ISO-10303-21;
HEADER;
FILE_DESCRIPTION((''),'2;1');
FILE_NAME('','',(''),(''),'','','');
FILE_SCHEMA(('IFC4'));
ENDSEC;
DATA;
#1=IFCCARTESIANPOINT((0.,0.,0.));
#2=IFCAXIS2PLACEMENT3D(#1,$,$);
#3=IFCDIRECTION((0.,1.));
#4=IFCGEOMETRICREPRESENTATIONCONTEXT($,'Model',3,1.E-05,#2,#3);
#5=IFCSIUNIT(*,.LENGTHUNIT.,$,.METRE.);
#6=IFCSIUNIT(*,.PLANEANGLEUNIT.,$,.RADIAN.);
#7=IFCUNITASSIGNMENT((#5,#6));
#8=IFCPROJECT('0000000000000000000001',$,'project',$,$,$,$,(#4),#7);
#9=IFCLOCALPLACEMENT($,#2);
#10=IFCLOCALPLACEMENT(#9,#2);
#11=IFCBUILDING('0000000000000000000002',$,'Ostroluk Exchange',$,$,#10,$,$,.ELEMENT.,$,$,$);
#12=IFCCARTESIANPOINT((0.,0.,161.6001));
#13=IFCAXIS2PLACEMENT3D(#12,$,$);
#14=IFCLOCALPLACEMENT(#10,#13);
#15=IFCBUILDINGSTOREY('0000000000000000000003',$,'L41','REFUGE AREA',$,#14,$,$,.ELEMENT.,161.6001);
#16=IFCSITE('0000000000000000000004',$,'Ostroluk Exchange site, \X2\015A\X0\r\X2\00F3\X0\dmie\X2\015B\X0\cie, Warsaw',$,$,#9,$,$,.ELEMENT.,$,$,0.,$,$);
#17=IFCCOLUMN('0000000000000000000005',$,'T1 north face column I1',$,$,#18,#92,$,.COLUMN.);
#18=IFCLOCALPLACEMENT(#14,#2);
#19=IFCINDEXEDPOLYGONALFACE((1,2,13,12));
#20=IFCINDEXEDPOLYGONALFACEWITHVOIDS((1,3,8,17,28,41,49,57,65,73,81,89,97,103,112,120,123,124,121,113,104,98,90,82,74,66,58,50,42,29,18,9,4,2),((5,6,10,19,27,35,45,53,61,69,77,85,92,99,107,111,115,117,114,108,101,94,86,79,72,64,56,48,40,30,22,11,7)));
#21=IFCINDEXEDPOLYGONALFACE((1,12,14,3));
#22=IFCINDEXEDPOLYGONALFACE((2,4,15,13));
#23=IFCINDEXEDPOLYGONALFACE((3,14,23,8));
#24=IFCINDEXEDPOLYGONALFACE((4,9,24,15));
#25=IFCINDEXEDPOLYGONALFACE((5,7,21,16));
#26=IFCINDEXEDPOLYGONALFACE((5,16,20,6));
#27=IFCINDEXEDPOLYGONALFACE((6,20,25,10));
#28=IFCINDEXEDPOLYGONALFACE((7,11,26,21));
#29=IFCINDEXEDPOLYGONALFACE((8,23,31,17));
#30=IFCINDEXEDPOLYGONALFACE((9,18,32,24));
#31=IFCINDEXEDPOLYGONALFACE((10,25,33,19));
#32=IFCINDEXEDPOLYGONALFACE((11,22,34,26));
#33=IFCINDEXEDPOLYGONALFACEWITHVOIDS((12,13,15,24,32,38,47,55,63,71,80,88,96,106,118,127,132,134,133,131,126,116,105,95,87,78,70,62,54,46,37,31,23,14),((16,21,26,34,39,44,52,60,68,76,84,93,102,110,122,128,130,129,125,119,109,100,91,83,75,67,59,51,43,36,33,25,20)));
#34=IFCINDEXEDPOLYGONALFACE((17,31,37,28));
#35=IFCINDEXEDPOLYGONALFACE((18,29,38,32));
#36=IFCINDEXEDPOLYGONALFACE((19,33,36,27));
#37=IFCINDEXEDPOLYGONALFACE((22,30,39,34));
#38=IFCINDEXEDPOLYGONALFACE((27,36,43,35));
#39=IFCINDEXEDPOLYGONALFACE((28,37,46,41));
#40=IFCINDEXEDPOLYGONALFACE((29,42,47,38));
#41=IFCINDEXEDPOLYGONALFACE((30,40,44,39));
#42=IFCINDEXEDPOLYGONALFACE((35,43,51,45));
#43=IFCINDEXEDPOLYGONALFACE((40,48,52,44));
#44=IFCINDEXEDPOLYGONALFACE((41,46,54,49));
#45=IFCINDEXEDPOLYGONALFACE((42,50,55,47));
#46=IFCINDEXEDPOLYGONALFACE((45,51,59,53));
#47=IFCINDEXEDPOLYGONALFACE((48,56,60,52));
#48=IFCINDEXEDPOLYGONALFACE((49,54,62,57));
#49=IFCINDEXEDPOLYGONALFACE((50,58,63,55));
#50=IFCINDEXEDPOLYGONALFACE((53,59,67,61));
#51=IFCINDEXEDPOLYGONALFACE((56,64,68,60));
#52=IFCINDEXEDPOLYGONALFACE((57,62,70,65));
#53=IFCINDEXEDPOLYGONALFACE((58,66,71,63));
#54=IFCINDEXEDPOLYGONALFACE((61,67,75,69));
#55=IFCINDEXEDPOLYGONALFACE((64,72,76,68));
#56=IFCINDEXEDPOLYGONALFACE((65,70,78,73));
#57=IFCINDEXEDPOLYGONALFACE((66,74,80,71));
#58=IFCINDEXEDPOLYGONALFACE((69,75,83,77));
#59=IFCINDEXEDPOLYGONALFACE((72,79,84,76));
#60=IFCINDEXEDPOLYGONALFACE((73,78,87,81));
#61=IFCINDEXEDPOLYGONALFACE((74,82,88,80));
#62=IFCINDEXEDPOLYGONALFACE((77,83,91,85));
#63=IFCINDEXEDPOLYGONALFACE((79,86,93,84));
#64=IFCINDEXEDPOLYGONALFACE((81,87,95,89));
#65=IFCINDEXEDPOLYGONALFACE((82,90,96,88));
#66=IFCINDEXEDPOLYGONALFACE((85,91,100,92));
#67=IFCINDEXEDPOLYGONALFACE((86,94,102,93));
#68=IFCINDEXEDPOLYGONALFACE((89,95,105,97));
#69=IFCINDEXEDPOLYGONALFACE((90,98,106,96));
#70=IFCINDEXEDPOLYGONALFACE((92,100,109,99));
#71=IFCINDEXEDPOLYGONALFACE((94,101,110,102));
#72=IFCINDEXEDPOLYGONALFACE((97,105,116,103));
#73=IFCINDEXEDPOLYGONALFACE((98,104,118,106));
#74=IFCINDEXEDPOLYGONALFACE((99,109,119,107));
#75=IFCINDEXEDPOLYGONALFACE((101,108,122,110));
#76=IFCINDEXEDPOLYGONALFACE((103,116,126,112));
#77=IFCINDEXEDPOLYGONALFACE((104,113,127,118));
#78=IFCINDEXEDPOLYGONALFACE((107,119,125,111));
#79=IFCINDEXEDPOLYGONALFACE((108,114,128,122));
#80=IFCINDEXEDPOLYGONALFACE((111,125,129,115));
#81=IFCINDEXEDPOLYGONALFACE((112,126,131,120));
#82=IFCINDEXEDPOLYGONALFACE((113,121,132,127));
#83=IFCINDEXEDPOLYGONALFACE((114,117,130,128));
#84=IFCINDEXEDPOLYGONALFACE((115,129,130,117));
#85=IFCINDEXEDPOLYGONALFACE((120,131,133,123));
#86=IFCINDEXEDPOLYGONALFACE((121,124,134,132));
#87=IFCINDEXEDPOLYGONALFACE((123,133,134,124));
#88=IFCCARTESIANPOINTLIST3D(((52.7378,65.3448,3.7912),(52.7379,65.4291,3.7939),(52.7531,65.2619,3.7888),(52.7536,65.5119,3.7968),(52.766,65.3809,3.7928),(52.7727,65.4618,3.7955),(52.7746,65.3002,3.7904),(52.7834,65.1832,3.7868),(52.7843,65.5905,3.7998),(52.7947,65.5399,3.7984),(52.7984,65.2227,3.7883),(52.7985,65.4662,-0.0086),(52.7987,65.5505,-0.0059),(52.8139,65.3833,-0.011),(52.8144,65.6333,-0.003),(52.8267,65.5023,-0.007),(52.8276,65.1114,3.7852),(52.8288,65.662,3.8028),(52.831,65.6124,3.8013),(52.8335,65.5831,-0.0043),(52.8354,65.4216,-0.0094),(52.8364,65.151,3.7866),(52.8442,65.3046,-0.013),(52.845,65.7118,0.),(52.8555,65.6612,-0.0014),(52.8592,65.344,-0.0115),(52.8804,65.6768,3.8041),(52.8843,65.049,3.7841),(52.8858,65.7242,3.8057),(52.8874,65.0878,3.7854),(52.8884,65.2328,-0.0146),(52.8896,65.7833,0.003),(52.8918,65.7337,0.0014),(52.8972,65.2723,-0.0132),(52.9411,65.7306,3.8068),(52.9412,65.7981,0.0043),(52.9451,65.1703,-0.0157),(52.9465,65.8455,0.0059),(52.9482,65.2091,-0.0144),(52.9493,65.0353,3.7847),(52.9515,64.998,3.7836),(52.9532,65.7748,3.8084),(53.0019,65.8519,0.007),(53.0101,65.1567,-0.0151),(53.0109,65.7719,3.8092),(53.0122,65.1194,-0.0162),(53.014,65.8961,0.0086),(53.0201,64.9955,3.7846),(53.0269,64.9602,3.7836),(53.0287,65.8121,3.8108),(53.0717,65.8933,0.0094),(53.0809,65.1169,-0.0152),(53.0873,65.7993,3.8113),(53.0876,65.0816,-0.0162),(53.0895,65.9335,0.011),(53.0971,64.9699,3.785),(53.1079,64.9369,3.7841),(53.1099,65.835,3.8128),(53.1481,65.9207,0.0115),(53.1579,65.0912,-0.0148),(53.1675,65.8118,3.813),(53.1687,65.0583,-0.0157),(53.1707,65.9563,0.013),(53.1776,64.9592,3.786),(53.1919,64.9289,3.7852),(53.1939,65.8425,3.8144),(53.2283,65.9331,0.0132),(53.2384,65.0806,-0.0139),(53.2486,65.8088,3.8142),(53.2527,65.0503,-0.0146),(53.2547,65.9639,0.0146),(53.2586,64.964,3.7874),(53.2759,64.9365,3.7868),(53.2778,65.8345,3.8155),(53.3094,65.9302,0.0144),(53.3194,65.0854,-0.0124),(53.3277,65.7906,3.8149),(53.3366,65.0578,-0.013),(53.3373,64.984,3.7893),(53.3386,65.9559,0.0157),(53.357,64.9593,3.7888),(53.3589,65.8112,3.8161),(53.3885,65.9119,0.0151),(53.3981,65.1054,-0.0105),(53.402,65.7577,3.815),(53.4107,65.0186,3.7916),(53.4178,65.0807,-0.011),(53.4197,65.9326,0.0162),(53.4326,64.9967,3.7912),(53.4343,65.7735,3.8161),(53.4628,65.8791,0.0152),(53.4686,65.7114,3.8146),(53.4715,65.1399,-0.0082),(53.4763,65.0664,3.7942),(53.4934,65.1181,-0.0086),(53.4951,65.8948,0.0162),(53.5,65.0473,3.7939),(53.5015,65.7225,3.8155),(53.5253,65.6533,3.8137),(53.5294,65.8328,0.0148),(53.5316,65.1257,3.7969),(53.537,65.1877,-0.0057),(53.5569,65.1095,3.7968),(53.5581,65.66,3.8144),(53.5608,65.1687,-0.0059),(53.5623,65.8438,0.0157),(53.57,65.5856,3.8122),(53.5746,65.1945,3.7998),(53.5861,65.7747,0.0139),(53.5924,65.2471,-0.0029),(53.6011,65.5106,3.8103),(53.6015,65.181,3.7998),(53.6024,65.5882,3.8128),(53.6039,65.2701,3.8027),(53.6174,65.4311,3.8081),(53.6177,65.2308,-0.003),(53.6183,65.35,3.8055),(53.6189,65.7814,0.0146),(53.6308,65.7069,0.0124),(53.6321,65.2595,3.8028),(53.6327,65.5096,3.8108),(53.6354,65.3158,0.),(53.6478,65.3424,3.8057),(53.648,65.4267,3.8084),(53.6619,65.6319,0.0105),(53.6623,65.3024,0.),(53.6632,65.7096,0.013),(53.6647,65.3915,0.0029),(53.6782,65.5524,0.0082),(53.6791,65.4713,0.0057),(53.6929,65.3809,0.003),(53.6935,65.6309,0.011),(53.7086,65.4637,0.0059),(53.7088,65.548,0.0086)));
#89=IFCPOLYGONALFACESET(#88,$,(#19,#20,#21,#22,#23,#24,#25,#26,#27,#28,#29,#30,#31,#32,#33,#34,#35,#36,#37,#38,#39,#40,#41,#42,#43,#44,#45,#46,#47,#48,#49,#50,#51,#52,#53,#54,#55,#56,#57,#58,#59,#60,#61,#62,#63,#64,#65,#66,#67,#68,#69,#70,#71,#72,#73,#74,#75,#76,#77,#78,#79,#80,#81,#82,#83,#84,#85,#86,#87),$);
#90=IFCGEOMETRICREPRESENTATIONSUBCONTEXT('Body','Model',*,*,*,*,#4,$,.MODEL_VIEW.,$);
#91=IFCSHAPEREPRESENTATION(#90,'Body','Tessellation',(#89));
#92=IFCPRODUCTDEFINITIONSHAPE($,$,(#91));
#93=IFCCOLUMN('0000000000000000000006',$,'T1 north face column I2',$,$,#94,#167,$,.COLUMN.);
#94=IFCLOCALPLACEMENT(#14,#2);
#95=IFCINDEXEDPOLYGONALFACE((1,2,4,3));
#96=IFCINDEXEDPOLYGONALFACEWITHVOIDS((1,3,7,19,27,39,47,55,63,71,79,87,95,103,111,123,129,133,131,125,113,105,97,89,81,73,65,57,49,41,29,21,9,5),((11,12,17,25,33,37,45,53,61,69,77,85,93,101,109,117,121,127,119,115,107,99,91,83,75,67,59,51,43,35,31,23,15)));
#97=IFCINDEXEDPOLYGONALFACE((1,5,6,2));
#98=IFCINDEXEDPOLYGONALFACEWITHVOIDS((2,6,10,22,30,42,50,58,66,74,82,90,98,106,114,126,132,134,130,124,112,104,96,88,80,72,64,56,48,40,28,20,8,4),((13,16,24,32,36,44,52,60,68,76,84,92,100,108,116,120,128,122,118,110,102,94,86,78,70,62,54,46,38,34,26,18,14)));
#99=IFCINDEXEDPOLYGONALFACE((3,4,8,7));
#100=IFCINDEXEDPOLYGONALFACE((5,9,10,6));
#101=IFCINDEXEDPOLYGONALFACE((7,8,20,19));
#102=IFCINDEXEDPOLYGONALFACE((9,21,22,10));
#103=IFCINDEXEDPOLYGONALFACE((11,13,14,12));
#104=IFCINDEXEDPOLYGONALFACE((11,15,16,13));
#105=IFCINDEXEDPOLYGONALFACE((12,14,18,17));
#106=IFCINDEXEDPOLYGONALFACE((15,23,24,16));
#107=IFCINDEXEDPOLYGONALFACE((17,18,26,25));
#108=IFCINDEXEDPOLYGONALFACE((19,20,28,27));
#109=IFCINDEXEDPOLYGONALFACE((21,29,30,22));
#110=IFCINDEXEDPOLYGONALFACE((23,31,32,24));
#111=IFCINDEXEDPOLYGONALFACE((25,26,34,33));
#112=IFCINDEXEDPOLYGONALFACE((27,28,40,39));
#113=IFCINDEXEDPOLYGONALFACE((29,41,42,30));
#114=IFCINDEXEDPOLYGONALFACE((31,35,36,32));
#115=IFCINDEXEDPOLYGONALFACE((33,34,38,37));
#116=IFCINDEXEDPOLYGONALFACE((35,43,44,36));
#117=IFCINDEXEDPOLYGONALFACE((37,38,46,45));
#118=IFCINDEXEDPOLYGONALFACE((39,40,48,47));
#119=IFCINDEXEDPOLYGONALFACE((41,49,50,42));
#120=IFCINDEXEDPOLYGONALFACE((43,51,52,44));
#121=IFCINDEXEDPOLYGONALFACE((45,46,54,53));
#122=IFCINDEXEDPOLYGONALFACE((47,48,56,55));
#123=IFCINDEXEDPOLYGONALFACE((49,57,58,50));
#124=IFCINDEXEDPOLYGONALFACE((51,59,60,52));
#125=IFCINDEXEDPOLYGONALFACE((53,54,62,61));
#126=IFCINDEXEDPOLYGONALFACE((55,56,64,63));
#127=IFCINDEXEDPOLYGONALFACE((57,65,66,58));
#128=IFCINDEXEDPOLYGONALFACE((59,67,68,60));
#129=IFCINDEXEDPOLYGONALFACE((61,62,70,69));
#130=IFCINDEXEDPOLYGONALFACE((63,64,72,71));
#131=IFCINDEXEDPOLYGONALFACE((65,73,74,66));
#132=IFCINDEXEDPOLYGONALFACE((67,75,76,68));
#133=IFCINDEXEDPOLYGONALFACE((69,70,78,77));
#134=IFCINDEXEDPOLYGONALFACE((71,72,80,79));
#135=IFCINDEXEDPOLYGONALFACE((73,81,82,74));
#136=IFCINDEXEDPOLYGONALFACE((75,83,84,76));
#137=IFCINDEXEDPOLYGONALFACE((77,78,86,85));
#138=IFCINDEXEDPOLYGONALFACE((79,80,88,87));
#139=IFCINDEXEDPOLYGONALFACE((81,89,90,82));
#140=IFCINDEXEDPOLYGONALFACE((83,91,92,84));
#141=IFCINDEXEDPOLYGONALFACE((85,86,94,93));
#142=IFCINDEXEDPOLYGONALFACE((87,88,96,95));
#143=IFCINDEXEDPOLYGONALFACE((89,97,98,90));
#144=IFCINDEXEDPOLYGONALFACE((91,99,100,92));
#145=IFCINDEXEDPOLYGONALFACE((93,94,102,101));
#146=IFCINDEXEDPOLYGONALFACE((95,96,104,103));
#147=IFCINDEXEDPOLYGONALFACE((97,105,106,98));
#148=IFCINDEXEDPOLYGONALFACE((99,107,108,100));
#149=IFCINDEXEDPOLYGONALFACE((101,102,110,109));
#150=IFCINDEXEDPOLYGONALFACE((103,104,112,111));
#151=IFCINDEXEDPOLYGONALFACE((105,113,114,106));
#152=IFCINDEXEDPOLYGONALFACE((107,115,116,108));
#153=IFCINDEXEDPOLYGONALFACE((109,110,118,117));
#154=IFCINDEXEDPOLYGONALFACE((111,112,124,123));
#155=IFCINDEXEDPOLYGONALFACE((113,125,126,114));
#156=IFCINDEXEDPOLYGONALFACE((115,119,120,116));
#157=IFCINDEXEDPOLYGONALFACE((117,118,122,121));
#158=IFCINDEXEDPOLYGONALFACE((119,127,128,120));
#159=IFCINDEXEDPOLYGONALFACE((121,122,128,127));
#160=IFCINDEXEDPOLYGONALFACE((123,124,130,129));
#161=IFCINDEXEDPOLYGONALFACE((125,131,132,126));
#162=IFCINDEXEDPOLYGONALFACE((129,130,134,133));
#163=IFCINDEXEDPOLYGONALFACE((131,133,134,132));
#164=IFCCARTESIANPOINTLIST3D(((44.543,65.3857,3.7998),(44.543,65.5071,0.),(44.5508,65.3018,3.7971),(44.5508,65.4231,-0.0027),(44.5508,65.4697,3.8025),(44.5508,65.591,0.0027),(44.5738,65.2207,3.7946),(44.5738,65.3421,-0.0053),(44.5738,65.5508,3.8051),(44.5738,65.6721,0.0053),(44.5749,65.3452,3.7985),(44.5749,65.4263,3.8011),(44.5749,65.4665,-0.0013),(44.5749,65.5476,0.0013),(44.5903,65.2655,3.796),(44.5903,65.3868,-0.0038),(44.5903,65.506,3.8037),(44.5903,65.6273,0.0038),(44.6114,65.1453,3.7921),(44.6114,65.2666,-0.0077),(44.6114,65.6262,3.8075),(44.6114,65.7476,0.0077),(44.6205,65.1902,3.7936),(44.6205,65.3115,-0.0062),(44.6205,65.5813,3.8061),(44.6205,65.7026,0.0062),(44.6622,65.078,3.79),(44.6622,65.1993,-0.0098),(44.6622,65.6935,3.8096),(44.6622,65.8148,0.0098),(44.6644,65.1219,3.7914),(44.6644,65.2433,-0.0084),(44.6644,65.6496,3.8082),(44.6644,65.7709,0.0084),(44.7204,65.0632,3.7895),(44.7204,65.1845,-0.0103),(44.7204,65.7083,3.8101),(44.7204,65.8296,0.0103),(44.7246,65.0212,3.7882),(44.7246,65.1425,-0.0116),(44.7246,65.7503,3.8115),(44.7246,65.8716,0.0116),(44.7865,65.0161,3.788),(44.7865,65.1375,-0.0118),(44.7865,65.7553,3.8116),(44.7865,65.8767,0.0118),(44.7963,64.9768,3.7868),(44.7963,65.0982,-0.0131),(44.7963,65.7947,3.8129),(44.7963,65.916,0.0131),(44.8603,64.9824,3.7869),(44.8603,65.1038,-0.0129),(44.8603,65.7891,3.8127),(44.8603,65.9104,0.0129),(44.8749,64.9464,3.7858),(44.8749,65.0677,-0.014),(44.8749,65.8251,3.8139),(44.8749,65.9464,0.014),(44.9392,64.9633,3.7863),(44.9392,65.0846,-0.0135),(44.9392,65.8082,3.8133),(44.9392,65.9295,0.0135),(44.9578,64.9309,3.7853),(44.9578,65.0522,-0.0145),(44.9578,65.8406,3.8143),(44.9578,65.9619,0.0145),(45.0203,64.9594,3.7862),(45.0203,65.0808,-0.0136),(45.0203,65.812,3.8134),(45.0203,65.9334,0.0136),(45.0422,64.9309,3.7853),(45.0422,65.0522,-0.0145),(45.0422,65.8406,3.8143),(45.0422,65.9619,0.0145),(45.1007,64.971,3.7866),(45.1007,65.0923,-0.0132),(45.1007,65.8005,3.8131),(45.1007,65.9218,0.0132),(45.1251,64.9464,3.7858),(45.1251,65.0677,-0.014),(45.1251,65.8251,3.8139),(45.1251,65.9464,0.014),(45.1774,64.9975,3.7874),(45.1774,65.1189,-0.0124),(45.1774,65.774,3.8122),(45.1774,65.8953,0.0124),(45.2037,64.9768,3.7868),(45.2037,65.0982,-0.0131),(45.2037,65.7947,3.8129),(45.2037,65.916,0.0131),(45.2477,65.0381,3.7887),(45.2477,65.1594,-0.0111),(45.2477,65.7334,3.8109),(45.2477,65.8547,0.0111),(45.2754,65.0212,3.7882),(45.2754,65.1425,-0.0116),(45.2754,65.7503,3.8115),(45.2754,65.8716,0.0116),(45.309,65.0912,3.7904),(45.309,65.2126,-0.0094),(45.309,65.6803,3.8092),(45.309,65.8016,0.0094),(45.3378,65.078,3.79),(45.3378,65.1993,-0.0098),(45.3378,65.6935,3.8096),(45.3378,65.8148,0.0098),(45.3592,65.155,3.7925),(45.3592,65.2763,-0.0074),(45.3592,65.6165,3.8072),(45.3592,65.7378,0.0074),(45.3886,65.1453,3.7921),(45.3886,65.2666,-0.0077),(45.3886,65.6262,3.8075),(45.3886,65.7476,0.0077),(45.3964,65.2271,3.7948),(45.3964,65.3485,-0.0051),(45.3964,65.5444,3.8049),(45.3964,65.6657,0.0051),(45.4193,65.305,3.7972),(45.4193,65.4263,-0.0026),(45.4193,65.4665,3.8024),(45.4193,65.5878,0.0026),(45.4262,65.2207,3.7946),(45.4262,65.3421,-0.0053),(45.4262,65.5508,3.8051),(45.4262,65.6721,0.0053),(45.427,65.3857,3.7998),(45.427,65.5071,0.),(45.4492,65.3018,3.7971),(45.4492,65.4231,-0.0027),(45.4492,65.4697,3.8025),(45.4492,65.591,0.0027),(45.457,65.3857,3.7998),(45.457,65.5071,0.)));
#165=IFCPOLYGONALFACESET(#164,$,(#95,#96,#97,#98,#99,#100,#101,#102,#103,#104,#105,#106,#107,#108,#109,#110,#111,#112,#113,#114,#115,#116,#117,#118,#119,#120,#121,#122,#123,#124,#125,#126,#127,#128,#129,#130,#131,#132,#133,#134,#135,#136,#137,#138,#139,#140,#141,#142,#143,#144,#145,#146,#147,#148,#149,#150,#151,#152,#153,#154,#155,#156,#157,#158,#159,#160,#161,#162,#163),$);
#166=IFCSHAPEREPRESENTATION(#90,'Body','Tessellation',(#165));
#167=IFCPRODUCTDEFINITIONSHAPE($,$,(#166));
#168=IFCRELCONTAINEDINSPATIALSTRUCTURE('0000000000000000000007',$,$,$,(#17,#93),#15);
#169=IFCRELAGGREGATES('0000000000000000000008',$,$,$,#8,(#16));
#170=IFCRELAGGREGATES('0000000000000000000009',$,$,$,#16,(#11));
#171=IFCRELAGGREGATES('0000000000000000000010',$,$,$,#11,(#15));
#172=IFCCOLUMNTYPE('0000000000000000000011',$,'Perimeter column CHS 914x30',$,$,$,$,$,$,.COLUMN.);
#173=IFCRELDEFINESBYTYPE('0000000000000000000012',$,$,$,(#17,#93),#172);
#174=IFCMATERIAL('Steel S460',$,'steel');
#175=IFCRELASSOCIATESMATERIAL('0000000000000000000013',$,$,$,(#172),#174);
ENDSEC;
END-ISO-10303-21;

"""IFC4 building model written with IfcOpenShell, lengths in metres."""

from ifc_helpers import new_model, si_unit, direction, frame, origin, origin_2d, place, context, subcontext, project, spatial, hollow_circle, extrude, material, material_profile, profile_set, type_object, element, save


model = new_model("IFC4")

# Units and contexts
model_context = context("Model", 3, precision=1e-05, world=origin(), true_north=direction((0.0, 1.0)))
body_context = subcontext(model_context, "Body", "Model", "MODEL_VIEW")
ifc_project = project(units=[si_unit("LENGTHUNIT", "METRE"), si_unit("PLANEANGLEUNIT", "RADIAN")], contexts=[model_context])

# Site, building, storey
site_placement = place(None, origin())
site = spatial("IfcSite", under=ifc_project, at=site_placement, Name="Ostroluk Exchange site, Śródmieście, Warsaw", CompositionType="ELEMENT", RefElevation=0.0)
building_placement = place(site_placement, origin())
building = spatial("IfcBuilding", under=site, at=building_placement, Name="Ostroluk Exchange", CompositionType="ELEMENT")
storey_placement = place(building_placement, frame((0.0, 0.0, 161.6001)))
storey = spatial("IfcBuildingStorey", under=building, at=storey_placement, Name="L41", Description="REFUGE AREA", CompositionType="ELEMENT", Elevation=161.6001)

# Columns
ifc_material_1 = material(Name="Steel S460", Category="steel")
ifc_material_profile_1 = material_profile(ifc_material_1, hollow_circle(Radius=0.457, WallThickness=0.03, at=origin_2d()), Name="CHS 914x30")
ifc_profile_set_1 = profile_set([ifc_material_profile_1], Name="Steel S460")
column_type = type_object("IfcColumnType", Name="Perimeter column CHS 914x30", PredefinedType="COLUMN", material=ifc_profile_set_1)
column_1_placement = place(storey_placement, frame((53.2537, 65.5071, 0.0), z_axis=(-0.015988, -0.031912, 0.999363), x_axis=(0.894067, -0.447933, 0.0)))
element("IfcColumn", 1, at=column_1_placement, inside=storey, type_object=column_type, Name="T1 north face column I1", PredefinedType="COLUMN", context=body_context, shape_type="SweptSolid", body=[
    extrude(hollow_circle(Radius=0.457, WallThickness=0.03, at=origin_2d()), origin(), (0.0, 0.0, 1.0), 3.8022),
])
column_2_placement = place(storey_placement, frame((45.0, 65.5071, 0.0), z_axis=(0.0, -0.031916, 0.999491), x_axis=(1.0, 0.0, 0.0)))
element("IfcColumn", 2, at=column_2_placement, inside=storey, type_object=column_type, Name="T1 north face column I2", PredefinedType="COLUMN", context=body_context, shape_type="SweptSolid", body=[
    extrude(hollow_circle(Radius=0.457, WallThickness=0.03, at=origin_2d()), origin(), (0.0, 0.0, 1.0), 3.8018),
])

save(model, "model.ifc")
